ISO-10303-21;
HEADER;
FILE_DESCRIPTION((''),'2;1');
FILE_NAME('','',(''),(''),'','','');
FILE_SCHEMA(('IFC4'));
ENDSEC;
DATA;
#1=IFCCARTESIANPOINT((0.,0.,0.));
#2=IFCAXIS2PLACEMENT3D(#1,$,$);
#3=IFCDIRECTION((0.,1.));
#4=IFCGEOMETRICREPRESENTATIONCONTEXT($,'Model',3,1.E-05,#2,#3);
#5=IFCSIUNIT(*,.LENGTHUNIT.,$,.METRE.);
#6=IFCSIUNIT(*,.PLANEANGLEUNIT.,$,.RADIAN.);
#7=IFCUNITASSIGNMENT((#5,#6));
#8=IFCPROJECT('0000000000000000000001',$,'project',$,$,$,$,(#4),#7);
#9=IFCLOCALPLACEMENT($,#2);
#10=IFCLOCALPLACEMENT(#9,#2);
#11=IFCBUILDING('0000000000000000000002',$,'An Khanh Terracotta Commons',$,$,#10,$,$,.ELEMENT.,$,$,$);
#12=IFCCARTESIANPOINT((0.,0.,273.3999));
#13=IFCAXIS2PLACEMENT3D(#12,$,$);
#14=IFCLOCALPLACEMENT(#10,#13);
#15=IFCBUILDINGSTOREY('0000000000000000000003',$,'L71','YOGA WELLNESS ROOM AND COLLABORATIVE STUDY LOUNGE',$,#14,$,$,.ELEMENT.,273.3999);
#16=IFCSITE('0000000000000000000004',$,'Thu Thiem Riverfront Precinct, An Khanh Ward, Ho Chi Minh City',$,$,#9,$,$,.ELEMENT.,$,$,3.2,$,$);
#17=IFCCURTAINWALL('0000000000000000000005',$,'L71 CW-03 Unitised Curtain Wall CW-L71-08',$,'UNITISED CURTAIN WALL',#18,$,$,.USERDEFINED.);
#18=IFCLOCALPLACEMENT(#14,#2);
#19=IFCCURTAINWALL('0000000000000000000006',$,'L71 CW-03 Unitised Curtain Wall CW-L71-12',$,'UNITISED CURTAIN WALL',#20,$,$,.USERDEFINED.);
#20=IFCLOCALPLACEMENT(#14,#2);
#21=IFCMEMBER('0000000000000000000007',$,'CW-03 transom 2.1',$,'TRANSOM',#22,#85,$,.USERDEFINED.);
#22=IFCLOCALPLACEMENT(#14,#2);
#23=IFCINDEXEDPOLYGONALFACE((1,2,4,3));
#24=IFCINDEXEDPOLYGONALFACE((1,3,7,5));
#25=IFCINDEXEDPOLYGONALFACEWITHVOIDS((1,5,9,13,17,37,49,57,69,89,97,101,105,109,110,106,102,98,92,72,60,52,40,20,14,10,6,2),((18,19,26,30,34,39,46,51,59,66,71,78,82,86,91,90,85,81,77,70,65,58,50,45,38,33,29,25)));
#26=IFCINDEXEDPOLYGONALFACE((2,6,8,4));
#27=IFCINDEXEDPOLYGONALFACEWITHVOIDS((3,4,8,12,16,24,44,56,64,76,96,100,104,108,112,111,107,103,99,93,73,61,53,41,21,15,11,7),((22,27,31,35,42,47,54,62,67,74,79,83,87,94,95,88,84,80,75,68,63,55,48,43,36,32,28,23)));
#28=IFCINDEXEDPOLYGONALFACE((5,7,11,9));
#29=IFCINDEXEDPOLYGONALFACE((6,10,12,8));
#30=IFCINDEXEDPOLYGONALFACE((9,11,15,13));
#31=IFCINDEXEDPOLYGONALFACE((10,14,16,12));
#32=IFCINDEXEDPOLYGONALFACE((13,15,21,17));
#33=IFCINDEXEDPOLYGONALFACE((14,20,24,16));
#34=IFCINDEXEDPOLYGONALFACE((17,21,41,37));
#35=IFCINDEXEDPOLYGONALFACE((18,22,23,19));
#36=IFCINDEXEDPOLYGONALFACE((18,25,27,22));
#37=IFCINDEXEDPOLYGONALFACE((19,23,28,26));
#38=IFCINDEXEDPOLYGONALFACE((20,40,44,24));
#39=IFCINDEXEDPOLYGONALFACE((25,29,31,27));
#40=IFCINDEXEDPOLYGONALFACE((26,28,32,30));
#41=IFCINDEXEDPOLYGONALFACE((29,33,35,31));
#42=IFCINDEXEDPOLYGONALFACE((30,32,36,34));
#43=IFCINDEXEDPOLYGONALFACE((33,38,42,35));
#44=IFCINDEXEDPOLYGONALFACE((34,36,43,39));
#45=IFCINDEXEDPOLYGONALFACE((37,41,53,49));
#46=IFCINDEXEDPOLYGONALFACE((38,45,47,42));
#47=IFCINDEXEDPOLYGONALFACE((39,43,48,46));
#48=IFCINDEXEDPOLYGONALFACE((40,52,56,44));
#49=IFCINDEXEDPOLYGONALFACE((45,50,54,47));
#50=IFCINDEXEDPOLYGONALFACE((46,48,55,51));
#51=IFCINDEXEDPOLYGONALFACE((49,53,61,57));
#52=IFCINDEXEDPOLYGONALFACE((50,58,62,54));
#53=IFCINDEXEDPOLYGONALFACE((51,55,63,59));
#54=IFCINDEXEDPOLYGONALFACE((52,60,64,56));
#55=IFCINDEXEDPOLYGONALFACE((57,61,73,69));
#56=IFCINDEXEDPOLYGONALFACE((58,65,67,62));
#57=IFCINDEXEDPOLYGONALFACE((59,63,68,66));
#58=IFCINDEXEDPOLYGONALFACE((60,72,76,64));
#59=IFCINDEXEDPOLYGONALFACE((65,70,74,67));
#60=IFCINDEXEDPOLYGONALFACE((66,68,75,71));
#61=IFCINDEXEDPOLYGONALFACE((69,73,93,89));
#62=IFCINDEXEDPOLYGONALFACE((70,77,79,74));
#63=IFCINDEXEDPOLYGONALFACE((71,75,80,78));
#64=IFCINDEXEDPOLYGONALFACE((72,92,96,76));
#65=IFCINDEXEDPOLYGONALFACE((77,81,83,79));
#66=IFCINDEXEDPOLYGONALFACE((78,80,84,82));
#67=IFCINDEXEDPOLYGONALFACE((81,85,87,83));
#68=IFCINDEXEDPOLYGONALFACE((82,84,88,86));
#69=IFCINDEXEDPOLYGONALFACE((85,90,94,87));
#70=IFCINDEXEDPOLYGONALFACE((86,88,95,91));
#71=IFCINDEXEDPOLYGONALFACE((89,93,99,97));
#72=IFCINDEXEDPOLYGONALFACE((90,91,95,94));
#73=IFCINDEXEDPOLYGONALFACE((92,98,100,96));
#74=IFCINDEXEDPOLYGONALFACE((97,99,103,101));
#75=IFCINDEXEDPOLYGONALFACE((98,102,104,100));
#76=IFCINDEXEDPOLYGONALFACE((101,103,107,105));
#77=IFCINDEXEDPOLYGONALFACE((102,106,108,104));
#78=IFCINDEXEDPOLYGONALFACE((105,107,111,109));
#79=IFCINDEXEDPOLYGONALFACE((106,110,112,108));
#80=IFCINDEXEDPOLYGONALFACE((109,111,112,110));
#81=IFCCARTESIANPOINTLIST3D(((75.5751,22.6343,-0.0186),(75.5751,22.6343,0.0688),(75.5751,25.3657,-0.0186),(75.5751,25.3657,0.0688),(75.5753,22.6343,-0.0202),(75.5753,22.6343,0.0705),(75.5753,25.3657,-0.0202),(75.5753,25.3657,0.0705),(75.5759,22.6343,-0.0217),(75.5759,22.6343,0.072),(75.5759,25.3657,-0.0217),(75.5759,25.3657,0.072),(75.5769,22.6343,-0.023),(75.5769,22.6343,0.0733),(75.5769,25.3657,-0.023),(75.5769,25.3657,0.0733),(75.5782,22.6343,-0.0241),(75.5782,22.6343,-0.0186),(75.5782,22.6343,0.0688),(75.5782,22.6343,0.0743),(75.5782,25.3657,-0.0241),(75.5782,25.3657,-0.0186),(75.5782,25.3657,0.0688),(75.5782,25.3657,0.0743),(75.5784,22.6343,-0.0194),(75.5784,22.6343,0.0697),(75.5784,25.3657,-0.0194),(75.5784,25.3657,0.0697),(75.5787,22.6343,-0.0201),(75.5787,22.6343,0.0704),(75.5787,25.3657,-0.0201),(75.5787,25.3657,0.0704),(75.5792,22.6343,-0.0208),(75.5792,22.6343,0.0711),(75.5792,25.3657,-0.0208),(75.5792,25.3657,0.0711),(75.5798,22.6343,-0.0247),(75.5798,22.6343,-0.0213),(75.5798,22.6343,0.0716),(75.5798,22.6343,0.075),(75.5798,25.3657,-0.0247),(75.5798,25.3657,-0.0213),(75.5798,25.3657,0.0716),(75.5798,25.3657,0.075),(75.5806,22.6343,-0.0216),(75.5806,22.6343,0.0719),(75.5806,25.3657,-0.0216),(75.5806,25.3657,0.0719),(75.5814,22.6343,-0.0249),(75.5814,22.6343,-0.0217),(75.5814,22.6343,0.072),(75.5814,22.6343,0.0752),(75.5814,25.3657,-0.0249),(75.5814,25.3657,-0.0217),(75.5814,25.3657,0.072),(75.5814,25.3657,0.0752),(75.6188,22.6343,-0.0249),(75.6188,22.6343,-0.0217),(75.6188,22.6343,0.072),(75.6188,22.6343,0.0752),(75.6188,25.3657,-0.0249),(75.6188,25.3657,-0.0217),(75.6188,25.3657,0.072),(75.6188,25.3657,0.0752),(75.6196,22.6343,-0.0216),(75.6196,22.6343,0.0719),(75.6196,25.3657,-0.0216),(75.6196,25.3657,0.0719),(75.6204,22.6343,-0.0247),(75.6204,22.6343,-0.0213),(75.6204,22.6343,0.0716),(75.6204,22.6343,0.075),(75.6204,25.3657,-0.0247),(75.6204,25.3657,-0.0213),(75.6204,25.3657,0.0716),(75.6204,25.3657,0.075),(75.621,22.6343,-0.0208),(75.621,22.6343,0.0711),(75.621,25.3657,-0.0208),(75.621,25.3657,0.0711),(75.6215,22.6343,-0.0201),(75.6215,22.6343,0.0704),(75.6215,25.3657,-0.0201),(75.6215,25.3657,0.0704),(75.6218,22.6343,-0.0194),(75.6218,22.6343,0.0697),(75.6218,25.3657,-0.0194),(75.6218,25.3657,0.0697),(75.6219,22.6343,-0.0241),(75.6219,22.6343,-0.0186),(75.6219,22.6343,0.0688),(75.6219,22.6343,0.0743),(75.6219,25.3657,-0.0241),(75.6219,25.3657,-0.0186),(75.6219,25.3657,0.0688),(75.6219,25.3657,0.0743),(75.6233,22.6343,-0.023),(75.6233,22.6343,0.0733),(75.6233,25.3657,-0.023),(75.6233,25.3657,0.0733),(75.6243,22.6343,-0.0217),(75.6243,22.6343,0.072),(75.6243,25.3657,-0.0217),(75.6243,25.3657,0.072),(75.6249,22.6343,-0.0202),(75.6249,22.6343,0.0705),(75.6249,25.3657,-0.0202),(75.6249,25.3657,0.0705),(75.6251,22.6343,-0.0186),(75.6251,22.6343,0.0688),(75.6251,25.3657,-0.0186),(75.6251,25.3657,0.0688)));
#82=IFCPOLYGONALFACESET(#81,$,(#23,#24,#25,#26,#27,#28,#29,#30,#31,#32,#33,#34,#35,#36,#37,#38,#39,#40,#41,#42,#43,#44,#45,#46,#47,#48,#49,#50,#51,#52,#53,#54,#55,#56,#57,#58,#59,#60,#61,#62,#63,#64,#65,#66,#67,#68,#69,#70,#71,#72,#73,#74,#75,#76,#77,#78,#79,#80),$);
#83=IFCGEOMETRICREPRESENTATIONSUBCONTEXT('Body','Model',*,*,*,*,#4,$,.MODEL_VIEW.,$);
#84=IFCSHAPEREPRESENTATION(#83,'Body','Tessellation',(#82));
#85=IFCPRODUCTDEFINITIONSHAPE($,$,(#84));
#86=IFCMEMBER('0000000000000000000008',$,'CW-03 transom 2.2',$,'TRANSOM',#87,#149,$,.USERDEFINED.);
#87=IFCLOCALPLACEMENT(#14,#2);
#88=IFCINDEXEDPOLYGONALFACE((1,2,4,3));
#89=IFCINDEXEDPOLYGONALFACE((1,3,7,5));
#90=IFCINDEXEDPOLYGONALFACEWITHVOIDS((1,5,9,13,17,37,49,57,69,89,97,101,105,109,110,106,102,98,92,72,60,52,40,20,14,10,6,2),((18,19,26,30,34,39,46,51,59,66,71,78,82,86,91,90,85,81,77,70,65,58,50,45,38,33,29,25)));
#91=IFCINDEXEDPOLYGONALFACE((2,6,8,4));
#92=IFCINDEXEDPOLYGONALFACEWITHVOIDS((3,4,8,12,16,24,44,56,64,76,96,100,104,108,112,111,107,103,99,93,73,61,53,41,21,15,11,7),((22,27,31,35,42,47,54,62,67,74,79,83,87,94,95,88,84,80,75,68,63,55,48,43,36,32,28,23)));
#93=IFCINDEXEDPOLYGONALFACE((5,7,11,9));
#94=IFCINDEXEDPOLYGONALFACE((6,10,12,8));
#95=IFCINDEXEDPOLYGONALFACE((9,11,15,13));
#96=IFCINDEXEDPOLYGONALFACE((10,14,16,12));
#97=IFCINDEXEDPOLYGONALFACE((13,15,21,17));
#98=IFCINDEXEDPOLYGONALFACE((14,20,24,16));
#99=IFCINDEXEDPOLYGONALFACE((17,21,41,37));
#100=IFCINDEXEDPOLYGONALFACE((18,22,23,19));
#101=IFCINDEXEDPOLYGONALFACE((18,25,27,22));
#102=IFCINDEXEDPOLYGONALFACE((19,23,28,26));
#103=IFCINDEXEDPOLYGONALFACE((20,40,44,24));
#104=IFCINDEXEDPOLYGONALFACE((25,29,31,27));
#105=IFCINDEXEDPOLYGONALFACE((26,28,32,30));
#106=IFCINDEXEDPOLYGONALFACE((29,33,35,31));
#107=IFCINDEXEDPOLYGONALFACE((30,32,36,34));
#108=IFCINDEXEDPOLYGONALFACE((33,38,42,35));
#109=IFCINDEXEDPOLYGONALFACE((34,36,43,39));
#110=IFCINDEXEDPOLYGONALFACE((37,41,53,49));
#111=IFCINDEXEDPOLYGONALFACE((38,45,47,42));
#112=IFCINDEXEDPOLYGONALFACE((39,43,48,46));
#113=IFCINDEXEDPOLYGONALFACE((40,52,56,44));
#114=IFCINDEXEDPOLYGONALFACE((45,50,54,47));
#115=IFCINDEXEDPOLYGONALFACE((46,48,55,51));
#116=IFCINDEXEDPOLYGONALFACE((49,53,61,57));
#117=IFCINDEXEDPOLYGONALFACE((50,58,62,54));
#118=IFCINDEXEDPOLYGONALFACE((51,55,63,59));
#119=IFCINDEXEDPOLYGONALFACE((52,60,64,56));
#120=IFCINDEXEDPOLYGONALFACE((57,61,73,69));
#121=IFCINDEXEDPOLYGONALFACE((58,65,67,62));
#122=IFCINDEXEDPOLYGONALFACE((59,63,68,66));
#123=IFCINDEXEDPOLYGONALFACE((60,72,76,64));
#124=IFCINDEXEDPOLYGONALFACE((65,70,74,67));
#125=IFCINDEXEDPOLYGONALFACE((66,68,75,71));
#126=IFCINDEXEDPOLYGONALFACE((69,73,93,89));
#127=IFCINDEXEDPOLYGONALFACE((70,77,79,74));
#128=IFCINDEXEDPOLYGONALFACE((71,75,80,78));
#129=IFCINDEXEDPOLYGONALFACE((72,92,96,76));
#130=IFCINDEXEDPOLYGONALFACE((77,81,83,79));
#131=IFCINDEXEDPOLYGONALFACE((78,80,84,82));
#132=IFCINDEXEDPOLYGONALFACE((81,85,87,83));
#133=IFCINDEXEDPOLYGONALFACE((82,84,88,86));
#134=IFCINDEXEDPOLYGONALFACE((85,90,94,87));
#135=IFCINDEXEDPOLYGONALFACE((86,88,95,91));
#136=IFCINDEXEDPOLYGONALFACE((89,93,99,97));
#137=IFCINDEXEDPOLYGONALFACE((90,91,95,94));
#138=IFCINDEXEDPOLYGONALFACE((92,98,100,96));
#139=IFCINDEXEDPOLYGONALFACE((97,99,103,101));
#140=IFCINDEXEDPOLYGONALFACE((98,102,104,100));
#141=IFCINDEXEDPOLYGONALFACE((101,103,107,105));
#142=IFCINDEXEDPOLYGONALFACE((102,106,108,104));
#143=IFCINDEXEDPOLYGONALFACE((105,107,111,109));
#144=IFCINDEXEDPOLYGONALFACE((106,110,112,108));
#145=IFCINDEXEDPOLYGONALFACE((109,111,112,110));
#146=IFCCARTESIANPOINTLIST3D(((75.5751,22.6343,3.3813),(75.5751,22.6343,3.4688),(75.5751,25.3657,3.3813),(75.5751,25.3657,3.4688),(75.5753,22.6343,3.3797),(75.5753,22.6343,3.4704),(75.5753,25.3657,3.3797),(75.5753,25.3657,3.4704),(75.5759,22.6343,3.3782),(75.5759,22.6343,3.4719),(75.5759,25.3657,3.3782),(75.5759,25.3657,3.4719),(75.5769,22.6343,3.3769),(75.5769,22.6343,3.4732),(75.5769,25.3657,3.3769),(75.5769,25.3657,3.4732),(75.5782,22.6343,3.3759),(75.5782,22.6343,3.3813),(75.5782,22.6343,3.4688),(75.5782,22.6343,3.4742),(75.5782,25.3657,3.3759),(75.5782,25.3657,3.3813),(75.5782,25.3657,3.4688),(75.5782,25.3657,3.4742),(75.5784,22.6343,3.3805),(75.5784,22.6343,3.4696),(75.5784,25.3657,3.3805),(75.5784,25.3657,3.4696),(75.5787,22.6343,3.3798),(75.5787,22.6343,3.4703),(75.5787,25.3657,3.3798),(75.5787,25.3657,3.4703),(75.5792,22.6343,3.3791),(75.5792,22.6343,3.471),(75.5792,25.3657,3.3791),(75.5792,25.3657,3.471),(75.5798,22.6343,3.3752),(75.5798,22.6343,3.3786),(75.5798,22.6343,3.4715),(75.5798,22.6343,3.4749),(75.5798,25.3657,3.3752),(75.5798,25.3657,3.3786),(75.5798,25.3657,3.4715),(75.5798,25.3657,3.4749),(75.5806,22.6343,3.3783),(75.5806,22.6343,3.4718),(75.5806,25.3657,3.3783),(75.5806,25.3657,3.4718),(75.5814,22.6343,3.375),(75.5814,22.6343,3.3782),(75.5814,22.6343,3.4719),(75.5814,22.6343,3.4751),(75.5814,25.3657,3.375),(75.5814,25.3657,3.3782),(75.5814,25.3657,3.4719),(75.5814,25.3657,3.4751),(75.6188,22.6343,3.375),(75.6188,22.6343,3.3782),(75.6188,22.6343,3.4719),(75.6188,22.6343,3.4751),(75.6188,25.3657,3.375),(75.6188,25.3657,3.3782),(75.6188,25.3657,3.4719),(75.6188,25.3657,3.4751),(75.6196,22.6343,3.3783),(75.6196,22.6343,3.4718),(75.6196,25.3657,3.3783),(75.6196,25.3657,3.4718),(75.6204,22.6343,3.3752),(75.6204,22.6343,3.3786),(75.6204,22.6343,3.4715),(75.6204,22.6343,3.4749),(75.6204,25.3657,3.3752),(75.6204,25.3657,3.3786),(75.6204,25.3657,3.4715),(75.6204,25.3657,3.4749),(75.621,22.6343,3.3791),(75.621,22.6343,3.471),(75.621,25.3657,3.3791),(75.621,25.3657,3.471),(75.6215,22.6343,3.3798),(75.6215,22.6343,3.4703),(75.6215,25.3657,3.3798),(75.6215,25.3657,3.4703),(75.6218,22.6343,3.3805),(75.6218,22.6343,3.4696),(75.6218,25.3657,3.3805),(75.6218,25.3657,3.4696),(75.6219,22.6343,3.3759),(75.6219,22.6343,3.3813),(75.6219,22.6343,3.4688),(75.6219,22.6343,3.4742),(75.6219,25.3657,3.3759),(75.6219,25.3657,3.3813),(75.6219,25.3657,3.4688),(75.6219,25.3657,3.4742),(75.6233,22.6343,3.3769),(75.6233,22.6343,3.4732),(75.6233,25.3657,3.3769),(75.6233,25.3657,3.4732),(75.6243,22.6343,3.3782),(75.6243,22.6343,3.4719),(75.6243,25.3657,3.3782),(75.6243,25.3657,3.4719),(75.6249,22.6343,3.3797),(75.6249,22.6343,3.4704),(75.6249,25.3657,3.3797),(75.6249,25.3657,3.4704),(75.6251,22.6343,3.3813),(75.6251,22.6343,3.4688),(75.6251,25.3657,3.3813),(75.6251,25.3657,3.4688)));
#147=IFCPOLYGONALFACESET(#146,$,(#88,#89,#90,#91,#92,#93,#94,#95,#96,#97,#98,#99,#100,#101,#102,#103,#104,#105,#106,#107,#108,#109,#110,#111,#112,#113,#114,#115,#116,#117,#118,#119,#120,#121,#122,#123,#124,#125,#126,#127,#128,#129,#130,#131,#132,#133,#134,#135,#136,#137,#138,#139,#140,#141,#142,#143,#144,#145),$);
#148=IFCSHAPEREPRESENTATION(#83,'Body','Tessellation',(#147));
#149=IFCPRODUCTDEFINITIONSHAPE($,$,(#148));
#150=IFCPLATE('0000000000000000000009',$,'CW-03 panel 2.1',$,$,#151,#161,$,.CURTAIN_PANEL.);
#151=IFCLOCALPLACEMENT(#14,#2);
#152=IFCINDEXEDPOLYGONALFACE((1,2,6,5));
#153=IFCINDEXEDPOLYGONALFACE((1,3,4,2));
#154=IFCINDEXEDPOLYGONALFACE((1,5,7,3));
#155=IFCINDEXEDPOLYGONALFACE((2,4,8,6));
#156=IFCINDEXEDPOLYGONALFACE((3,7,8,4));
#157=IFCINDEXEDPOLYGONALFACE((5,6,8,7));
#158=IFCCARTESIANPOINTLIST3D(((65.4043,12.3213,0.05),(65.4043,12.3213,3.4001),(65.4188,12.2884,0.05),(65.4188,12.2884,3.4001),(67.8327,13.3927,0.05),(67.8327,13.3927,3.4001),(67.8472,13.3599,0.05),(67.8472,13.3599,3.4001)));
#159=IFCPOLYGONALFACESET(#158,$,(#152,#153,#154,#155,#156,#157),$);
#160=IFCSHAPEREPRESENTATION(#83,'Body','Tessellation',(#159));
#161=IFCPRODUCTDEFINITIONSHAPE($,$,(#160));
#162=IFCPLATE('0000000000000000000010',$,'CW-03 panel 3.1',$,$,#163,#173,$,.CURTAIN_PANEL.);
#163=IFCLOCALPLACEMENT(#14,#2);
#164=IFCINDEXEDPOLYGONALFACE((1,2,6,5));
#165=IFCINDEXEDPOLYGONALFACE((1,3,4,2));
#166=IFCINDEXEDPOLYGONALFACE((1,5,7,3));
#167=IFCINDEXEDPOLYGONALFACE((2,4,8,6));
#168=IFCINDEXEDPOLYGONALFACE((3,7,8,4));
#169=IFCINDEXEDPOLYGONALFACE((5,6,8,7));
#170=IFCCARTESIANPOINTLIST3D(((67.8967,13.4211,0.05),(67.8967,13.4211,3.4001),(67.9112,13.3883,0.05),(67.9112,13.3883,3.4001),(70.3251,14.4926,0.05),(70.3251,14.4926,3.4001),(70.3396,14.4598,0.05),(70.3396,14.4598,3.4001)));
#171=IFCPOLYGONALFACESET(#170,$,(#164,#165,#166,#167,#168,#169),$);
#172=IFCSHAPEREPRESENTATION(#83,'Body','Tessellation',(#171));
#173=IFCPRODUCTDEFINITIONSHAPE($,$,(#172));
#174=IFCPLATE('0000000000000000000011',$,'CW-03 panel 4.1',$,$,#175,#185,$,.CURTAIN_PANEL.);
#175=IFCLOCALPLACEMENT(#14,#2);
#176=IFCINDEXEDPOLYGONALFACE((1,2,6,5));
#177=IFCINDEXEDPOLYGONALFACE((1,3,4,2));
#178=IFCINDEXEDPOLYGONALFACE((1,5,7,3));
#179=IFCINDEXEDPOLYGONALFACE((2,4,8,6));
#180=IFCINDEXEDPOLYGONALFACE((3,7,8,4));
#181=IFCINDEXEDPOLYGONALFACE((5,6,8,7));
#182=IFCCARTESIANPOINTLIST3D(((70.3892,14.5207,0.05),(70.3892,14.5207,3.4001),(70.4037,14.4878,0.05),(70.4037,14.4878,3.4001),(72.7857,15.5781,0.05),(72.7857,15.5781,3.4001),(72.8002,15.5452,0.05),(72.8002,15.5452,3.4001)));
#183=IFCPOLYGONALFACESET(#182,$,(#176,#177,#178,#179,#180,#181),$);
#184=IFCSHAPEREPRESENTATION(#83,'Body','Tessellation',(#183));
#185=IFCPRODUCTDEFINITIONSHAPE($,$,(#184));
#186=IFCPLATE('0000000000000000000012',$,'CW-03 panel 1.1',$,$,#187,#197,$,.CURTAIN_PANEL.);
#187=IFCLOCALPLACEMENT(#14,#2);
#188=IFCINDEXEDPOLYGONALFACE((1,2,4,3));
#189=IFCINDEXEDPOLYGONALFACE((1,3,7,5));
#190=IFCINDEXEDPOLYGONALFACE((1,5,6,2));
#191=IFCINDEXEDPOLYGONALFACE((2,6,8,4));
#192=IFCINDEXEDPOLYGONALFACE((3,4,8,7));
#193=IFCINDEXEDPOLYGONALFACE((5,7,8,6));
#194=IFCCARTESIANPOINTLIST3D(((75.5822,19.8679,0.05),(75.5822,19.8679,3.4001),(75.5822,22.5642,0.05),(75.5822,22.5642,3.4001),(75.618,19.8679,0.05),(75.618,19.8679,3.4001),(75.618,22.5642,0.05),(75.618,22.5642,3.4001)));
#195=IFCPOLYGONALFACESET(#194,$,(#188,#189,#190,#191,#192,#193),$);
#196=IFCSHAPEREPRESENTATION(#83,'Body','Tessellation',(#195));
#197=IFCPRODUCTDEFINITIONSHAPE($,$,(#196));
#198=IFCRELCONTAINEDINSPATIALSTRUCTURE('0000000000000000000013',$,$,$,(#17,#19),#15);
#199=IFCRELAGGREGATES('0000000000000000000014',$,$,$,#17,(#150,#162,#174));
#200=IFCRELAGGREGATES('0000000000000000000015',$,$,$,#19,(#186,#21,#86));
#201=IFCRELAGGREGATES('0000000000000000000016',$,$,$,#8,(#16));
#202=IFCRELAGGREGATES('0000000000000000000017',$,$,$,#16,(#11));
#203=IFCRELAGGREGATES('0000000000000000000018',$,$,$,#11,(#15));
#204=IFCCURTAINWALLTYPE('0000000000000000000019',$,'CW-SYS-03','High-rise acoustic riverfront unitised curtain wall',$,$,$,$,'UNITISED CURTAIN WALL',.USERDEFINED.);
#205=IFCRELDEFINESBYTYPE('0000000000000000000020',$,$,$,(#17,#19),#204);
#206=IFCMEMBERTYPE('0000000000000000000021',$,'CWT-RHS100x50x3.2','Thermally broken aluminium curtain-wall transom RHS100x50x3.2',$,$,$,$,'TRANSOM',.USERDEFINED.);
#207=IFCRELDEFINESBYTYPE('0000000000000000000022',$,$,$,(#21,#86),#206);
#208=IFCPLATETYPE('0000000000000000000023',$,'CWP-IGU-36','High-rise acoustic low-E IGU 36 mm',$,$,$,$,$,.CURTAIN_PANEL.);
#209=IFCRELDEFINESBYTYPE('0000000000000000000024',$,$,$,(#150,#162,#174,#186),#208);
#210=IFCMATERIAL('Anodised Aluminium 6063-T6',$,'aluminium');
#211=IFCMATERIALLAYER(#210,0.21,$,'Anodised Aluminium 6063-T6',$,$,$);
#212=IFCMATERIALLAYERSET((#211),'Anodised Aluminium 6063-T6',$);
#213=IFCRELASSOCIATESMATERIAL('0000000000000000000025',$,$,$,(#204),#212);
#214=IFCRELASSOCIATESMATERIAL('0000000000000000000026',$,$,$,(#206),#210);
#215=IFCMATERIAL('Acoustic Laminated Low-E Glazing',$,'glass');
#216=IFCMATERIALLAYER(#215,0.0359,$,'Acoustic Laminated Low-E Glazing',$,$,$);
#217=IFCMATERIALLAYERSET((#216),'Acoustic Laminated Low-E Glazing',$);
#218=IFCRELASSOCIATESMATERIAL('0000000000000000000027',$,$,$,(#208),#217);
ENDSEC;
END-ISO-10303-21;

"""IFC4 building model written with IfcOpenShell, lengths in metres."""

from ifc_helpers import new_model, si_unit, direction, frame, origin, origin_2d, place, context, subcontext, project, spatial, rectangle, hollow_rectangle, extrude, material, layer, layer_set, material_profile, profile_set, type_object, element, aggregate, save


model = new_model("IFC4")

# Units and contexts
model_context = context("Model", 3, precision=1e-05, world=origin(), true_north=direction((0.0, 1.0)))
body_context = subcontext(model_context, "Body", "Model", "MODEL_VIEW")
ifc_project = project(units=[si_unit("LENGTHUNIT", "METRE"), si_unit("PLANEANGLEUNIT", "RADIAN")], contexts=[model_context])

# Site, building, storey
site_placement = place(None, origin())
site = spatial("IfcSite", under=ifc_project, at=site_placement, Name="Thu Thiem Riverfront Precinct, An Khanh Ward, Ho Chi Minh City", CompositionType="ELEMENT", RefElevation=3.2)
building_placement = place(site_placement, origin())
building = spatial("IfcBuilding", under=site, at=building_placement, Name="An Khanh Terracotta Commons", CompositionType="ELEMENT")
storey_placement = place(building_placement, frame((0.0, 0.0, 273.3999)))
storey = spatial("IfcBuildingStorey", under=building, at=storey_placement, Name="L71", Description="YOGA WELLNESS ROOM AND COLLABORATIVE STUDY LOUNGE", CompositionType="ELEMENT", Elevation=273.3999)

# Curtain walls
ifc_material_1 = material(Name="Anodised Aluminium 6063-T6", Category="aluminium")
ifc_layer_1 = layer(ifc_material_1, 0.21, Name="Anodised Aluminium 6063-T6")
ifc_layer_set_1 = layer_set([ifc_layer_1], Name="Anodised Aluminium 6063-T6")
curtain_wall_type = type_object("IfcCurtainWallType", Name="CW-SYS-03", Description="High-rise acoustic riverfront unitised curtain wall", ElementType="UNITISED CURTAIN WALL", PredefinedType="USERDEFINED", material=ifc_layer_set_1)
curtain_wall_1_placement = place(storey_placement, origin())
curtain_wall_1 = element("IfcCurtainWall", 1, at=curtain_wall_1_placement, inside=storey, type_object=curtain_wall_type, Name="L71 CW-03 Unitised Curtain Wall CW-L71-08", ObjectType="UNITISED CURTAIN WALL", PredefinedType="USERDEFINED")
curtain_wall_2_placement = place(storey_placement, origin())
curtain_wall_2 = element("IfcCurtainWall", 2, at=curtain_wall_2_placement, inside=storey, type_object=curtain_wall_type, Name="L71 CW-03 Unitised Curtain Wall CW-L71-12", ObjectType="UNITISED CURTAIN WALL", PredefinedType="USERDEFINED")

# Members
ifc_material_profile_1 = material_profile(ifc_material_1, hollow_rectangle(XDim=0.05, YDim=0.1001, WallThickness=0.0032, InnerFilletRadius=0.0032, OuterFilletRadius=0.0063, at=origin_2d()), Name="RHS100x50x3.2")
ifc_profile_set_1 = profile_set([ifc_material_profile_1], Name="Anodised Aluminium 6063-T6")
member_type_1 = type_object("IfcMemberType", Name="CWT-RHS100x50x3.2", Description="Thermally broken aluminium curtain-wall transom RHS100x50x3.2", ElementType="TRANSOM", PredefinedType="USERDEFINED", material=ifc_profile_set_1)
member_1_placement = place(storey_placement, frame((75.6001, 22.6343, 0.0251), z_axis=(0.0, 1.0, 0.0), x_axis=(-1.0, 0.0, 0.0)))
member_1 = element("IfcMember", 3, at=member_1_placement, type_object=member_type_1, Name="CW-03 transom 2.1", ObjectType="TRANSOM", PredefinedType="USERDEFINED", context=body_context, shape_type="SweptSolid", body=[
    extrude(hollow_rectangle(XDim=0.05, YDim=0.1001, WallThickness=0.0032, InnerFilletRadius=0.0032, OuterFilletRadius=0.0063, at=origin_2d()), origin(), (0.0, 0.0, 1.0), 2.7314),
])
member_2_placement = place(storey_placement, frame((75.6001, 22.6343, 3.425), z_axis=(0.0, 1.0, 0.0), x_axis=(-1.0, 0.0, 0.0)))
member_2 = element("IfcMember", 4, at=member_2_placement, type_object=member_type_1, Name="CW-03 transom 2.2", ObjectType="TRANSOM", PredefinedType="USERDEFINED", context=body_context, shape_type="SweptSolid", body=[
    extrude(hollow_rectangle(XDim=0.05, YDim=0.1001, WallThickness=0.0032, InnerFilletRadius=0.0032, OuterFilletRadius=0.0063, at=origin_2d()), origin(), (0.0, 0.0, 1.0), 2.7314),
])

# Plates
ifc_material_2 = material(Name="Acoustic Laminated Low-E Glazing", Category="glass")
ifc_layer_2 = layer(ifc_material_2, 0.0359, Name="Acoustic Laminated Low-E Glazing")
ifc_layer_set_2 = layer_set([ifc_layer_2], Name="Acoustic Laminated Low-E Glazing")
plate_type = type_object("IfcPlateType", Name="CWP-IGU-36", Description="High-rise acoustic low-E IGU 36 mm", PredefinedType="CURTAIN_PANEL", material=ifc_layer_set_2)
plate_1_placement = place(storey_placement, frame((66.6257, 12.8406, 0.05), z_axis=(0.0, 0.0, 1.0), x_axis=(0.914902, 0.403676, 0.0)))
plate_1 = element("IfcPlate", 5, at=plate_1_placement, type_object=plate_type, Name="CW-03 panel 2.1", PredefinedType="CURTAIN_PANEL", context=body_context, shape_type="SweptSolid", body=[
    extrude(rectangle(XDim=2.6543, YDim=0.0359, at=origin_2d()), origin(), (0.0, 0.0, 1.0), 3.3501),
])
plate_2_placement = place(storey_placement, frame((69.1182, 13.9404, 0.05), z_axis=(0.0, 0.0, 1.0), x_axis=(0.914902, 0.403676, 0.0)))
plate_2 = element("IfcPlate", 6, at=plate_2_placement, type_object=plate_type, Name="CW-03 panel 3.1", PredefinedType="CURTAIN_PANEL", context=body_context, shape_type="SweptSolid", body=[
    extrude(rectangle(XDim=2.6543, YDim=0.0359, at=origin_2d()), origin(), (0.0, 0.0, 1.0), 3.3501),
])
plate_3_placement = place(storey_placement, frame((71.5947, 15.033, 0.05), z_axis=(0.0, 0.0, 1.0), x_axis=(0.914902, 0.403676, 0.0)))
plate_3 = element("IfcPlate", 7, at=plate_3_placement, type_object=plate_type, Name="CW-03 panel 4.1", PredefinedType="CURTAIN_PANEL", context=body_context, shape_type="SweptSolid", body=[
    extrude(rectangle(XDim=2.6194, YDim=0.0359, at=origin_2d()), origin(), (0.0, 0.0, 1.0), 3.3501),
])
aggregate(curtain_wall_1, [plate_1, plate_2, plate_3])
plate_4_placement = place(storey_placement, frame((75.6001, 21.2161, 0.05), z_axis=(0.0, 0.0, 1.0), x_axis=(0.0, 1.0, 0.0)))
plate_4 = element("IfcPlate", 8, at=plate_4_placement, type_object=plate_type, Name="CW-03 panel 1.1", PredefinedType="CURTAIN_PANEL", context=body_context, shape_type="SweptSolid", body=[
    extrude(rectangle(XDim=2.6963, YDim=0.0359, at=origin_2d()), origin(), (0.0, 0.0, 1.0), 3.3501),
])
aggregate(curtain_wall_2, [plate_4, member_1, member_2])

save(model, "model.ifc")
